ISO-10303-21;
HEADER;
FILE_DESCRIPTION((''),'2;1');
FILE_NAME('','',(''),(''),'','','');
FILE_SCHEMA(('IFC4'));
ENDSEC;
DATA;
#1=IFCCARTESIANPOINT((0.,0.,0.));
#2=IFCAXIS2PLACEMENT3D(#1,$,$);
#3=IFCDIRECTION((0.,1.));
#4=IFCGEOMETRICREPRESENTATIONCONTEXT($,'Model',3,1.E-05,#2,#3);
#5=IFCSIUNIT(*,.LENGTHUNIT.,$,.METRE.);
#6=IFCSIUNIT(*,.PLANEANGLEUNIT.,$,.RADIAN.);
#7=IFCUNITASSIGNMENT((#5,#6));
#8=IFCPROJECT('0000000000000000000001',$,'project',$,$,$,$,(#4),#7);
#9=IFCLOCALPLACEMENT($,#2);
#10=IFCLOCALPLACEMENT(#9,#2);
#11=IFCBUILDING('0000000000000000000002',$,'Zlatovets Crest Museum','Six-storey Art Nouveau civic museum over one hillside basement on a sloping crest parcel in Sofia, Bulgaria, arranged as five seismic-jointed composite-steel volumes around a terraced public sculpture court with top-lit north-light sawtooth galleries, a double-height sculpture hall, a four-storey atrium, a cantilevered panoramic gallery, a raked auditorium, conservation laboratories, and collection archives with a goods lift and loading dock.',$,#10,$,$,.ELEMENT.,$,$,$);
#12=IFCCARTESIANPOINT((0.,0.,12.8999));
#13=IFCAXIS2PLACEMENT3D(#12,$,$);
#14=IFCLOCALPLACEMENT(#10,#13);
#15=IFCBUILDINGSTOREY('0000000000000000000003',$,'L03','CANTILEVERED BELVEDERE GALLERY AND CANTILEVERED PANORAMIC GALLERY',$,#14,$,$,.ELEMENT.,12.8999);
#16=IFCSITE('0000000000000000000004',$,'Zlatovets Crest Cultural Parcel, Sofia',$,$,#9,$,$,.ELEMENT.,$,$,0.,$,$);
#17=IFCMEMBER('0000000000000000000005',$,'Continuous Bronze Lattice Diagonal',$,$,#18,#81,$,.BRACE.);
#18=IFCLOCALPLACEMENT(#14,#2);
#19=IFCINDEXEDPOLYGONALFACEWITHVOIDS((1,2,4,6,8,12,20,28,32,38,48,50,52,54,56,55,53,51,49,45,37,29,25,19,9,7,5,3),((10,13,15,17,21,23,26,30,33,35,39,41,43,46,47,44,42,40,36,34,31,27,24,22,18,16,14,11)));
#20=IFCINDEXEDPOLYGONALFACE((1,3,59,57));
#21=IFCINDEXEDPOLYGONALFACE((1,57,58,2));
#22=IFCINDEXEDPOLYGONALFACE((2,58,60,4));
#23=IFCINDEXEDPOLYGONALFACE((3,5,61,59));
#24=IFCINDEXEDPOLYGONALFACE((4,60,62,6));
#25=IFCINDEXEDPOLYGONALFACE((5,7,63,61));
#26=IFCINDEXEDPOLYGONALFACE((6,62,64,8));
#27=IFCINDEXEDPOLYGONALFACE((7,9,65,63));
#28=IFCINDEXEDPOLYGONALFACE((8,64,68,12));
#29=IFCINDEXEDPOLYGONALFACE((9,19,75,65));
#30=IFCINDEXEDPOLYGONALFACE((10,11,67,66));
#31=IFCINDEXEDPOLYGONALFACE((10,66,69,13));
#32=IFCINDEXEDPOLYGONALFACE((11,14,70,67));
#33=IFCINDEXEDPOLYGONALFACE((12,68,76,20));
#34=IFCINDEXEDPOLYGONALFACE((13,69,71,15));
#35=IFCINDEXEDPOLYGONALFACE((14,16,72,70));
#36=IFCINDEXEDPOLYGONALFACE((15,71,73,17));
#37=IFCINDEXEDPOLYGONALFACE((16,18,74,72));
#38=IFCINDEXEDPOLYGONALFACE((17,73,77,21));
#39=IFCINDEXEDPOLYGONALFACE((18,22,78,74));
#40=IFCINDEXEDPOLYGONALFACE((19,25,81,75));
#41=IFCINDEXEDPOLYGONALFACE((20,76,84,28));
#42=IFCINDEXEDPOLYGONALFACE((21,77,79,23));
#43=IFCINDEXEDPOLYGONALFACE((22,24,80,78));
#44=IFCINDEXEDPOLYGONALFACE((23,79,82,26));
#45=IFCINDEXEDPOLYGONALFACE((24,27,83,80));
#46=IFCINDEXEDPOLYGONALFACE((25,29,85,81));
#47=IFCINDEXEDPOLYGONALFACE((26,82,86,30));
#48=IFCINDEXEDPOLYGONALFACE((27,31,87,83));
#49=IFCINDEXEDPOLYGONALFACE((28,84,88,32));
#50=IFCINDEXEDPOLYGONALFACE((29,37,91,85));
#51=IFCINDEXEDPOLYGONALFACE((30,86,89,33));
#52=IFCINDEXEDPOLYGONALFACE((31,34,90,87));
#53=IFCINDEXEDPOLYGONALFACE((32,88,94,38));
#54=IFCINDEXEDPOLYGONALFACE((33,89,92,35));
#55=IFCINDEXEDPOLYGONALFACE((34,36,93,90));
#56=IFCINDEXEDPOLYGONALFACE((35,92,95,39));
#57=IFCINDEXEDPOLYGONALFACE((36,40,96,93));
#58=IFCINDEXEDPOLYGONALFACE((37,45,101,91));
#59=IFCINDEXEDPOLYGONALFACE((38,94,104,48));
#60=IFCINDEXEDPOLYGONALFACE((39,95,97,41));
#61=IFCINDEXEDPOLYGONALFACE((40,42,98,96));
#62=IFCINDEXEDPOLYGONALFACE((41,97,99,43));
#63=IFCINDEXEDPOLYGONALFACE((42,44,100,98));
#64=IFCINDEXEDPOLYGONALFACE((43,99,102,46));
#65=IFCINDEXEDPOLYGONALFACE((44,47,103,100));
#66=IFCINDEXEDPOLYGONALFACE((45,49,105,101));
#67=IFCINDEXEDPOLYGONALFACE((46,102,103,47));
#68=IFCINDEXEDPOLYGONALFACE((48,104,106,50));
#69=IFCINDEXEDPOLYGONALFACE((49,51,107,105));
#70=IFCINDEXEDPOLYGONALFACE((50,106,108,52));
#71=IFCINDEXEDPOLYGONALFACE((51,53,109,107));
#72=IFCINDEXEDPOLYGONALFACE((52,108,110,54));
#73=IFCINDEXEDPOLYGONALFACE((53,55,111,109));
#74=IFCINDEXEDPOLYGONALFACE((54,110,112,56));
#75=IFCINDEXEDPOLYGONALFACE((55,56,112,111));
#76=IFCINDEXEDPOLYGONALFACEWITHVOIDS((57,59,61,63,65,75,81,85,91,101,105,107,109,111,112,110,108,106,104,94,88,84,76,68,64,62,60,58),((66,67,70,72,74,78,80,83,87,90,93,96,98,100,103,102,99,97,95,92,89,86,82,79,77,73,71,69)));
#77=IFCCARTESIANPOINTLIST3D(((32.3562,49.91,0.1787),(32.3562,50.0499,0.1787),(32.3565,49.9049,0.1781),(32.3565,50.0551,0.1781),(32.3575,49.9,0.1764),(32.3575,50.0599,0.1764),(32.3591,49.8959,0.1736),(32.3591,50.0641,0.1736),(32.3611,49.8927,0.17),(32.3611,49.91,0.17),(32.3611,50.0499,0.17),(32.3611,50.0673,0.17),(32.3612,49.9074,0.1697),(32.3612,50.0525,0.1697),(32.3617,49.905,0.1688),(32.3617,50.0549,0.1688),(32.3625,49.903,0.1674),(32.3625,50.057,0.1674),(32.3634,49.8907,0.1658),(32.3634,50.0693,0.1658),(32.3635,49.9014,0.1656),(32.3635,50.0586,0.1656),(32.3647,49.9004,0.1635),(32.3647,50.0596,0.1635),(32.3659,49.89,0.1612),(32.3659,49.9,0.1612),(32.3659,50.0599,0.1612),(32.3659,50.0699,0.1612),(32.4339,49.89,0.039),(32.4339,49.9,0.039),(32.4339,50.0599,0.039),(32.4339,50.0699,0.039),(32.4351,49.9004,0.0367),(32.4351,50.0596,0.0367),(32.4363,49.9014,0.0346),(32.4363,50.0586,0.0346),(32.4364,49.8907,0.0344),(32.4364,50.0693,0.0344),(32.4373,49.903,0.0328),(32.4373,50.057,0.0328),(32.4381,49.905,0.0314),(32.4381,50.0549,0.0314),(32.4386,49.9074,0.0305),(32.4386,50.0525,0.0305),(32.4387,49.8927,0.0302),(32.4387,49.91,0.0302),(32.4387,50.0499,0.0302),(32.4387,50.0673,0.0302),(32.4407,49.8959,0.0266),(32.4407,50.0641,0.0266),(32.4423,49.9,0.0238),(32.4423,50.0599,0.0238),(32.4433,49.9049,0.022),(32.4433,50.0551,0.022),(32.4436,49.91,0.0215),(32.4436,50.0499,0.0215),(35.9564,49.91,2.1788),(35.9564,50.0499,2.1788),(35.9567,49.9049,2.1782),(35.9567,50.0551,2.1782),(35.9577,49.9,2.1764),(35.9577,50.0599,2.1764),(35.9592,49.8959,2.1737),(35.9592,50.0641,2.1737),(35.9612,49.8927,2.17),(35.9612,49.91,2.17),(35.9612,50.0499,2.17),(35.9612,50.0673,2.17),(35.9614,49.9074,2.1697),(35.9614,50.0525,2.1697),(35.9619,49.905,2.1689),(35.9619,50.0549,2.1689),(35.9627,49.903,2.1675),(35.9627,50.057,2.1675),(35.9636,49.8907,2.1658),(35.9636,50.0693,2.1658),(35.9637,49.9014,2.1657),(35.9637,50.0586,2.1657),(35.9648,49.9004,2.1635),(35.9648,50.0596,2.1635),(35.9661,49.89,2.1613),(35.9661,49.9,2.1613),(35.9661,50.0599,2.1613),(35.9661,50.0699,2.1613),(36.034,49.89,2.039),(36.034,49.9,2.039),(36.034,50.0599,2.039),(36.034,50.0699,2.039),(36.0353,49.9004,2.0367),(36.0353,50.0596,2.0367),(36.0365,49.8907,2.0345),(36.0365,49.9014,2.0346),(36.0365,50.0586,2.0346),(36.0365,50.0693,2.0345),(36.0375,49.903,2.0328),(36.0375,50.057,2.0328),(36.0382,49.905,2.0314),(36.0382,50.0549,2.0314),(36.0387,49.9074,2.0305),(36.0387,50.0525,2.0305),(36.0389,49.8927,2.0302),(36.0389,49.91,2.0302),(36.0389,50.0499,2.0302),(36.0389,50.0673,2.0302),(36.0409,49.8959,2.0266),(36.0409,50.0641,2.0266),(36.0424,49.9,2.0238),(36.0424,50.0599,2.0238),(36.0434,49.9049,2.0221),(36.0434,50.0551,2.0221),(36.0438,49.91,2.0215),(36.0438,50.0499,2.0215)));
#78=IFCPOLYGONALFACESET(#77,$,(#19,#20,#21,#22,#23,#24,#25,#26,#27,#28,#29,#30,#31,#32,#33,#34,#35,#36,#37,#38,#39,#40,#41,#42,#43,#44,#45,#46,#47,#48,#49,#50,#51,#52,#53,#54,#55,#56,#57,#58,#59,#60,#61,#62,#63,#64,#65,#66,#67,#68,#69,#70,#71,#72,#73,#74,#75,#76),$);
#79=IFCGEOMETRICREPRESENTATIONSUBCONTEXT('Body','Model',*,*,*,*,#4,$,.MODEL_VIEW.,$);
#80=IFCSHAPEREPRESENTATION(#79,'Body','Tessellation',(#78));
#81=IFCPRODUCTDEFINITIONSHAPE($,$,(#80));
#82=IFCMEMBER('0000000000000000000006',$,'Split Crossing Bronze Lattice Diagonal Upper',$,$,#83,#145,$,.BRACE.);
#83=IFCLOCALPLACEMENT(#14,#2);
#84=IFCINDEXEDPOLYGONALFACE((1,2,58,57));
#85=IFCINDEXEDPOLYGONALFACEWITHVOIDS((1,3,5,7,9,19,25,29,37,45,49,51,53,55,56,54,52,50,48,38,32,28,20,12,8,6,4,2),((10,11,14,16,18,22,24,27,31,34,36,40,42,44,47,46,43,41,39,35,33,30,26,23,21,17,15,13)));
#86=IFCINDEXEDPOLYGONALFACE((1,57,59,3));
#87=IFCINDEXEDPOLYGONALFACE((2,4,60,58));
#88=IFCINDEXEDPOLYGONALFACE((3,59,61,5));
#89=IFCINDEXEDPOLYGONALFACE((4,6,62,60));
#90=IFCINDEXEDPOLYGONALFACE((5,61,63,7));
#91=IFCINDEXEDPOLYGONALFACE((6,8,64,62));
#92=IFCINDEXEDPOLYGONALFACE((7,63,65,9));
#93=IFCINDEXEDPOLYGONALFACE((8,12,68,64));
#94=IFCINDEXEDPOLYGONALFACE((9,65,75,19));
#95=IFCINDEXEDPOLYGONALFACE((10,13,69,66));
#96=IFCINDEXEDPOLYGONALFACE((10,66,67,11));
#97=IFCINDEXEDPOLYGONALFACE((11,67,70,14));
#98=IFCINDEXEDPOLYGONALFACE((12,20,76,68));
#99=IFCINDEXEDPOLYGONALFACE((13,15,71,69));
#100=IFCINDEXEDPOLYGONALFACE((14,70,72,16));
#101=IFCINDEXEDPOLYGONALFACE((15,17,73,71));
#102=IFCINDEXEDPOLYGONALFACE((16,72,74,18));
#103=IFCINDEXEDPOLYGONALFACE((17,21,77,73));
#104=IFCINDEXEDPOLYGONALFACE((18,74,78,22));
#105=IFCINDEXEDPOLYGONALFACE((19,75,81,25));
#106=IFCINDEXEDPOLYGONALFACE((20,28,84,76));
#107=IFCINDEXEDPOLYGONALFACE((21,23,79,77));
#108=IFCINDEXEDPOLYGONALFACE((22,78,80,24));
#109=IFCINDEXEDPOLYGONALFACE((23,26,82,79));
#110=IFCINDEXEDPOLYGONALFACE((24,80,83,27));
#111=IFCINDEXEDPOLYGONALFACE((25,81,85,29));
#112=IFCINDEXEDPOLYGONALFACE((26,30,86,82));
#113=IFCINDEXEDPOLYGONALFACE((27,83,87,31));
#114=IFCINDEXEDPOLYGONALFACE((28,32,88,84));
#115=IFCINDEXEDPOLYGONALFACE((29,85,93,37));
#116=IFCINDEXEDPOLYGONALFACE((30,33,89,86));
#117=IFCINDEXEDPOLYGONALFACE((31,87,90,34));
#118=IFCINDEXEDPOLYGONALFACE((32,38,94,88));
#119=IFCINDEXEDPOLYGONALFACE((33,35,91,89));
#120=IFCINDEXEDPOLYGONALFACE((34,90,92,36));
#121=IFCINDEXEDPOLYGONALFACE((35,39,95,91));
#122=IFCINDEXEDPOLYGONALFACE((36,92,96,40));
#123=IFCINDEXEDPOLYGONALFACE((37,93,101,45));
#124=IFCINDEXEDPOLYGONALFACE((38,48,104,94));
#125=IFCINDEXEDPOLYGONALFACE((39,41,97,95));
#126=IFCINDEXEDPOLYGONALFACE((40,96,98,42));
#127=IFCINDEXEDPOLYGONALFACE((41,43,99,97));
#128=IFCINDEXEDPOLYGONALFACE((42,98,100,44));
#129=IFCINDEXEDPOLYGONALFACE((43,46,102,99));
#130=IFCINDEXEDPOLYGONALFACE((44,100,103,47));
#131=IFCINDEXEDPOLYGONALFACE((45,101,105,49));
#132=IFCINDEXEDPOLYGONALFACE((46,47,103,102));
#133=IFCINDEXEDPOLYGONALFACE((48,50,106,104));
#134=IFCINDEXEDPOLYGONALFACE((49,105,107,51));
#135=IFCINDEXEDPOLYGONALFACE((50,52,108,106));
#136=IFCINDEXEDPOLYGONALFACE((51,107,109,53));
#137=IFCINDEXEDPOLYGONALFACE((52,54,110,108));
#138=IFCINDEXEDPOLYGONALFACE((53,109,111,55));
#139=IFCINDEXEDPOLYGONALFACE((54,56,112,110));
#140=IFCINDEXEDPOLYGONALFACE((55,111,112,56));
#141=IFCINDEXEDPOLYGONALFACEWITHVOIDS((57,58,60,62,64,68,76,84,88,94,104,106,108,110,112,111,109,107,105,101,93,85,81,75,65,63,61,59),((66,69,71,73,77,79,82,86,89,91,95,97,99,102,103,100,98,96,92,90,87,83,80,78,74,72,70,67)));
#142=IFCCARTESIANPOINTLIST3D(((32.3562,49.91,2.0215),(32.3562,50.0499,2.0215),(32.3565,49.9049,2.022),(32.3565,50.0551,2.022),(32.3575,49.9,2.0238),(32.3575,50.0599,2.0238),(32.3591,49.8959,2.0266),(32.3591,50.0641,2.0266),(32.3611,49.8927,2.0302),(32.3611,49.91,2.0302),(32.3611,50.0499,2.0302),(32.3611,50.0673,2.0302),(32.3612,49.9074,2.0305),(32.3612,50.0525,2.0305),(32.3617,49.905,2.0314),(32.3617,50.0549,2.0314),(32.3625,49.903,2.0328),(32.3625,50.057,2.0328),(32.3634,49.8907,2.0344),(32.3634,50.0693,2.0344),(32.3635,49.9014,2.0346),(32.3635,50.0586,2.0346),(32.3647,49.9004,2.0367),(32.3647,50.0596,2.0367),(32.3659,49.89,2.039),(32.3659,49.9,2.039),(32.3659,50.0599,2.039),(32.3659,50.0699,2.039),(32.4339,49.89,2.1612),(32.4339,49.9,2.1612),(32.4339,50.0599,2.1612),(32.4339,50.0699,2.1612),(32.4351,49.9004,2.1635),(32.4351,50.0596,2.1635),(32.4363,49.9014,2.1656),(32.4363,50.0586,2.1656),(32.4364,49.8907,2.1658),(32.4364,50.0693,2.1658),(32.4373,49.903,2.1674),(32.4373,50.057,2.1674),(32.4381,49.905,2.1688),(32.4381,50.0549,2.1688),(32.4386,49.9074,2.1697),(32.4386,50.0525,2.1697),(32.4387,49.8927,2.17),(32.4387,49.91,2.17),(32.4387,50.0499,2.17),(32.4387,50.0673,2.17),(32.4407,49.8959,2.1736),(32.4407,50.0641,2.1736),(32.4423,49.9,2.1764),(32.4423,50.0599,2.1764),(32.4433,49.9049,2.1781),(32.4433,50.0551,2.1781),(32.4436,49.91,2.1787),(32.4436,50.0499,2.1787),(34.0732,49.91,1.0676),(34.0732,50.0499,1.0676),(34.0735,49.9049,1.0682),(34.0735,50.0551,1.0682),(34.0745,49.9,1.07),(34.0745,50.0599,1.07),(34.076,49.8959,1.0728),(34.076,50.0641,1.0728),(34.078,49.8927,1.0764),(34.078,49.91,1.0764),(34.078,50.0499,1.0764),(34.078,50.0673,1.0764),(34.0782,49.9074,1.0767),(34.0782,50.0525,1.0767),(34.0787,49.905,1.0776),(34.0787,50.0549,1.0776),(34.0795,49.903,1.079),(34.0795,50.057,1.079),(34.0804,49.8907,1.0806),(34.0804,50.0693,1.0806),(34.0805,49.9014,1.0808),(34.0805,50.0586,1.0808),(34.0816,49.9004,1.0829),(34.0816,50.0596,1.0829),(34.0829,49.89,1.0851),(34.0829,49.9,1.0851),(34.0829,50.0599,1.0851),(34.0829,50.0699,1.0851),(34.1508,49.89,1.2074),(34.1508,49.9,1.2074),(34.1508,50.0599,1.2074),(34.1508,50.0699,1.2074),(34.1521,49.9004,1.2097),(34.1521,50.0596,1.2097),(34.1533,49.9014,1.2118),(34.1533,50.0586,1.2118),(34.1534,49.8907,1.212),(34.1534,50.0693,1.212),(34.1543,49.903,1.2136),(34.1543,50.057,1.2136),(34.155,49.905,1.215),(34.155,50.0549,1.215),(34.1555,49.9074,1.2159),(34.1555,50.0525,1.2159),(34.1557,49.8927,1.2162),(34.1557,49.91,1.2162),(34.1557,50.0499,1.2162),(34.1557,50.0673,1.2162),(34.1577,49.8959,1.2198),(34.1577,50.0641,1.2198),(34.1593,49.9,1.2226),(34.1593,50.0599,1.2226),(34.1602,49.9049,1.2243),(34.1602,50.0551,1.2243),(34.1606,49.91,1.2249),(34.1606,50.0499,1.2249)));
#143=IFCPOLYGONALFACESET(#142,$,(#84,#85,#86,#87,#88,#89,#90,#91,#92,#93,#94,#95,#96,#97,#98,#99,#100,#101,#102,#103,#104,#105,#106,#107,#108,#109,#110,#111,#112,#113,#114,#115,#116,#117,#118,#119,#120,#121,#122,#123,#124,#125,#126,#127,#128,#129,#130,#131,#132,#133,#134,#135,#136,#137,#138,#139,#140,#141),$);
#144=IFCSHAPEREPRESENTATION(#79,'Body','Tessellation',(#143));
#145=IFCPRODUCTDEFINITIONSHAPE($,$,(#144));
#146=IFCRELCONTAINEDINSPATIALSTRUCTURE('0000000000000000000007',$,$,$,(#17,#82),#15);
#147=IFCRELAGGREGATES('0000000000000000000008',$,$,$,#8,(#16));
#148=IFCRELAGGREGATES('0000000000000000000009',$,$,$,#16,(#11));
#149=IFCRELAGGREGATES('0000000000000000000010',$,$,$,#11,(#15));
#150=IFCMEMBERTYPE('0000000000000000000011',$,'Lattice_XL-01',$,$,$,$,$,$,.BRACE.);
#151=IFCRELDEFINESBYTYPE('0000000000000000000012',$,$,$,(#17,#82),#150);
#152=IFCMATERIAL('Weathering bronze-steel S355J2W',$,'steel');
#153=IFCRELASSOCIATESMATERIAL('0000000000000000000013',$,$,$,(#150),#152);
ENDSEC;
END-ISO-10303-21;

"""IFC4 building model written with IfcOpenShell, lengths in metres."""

from ifc_helpers import new_model, si_unit, direction, frame, origin, origin_2d, place, context, subcontext, project, spatial, hollow_rectangle, extrude, material, material_profile, profile_set, type_object, element, save


model = new_model("IFC4")

# Units and contexts
model_context = context("Model", 3, precision=1e-05, world=origin(), true_north=direction((0.0, 1.0)))
body_context = subcontext(model_context, "Body", "Model", "MODEL_VIEW")
ifc_project = project(units=[si_unit("LENGTHUNIT", "METRE"), si_unit("PLANEANGLEUNIT", "RADIAN")], contexts=[model_context])

# Site, building, storey
site_placement = place(None, origin())
site = spatial("IfcSite", under=ifc_project, at=site_placement, Name="Zlatovets Crest Cultural Parcel, Sofia", CompositionType="ELEMENT", RefElevation=0.0)
building_placement = place(site_placement, origin())
building = spatial("IfcBuilding", under=site, at=building_placement, Name="Zlatovets Crest Museum", Description="Six-storey Art Nouveau civic museum over one hillside basement on a sloping crest parcel in Sofia, Bulgaria, arranged as five seismic-jointed composite-steel volumes around a terraced public sculpture court with top-lit north-light sawtooth galleries, a double-height sculpture hall, a four-storey atrium, a cantilevered panoramic gallery, a raked auditorium, conservation laboratories, and collection archives with a goods lift and loading dock.", CompositionType="ELEMENT")
storey_placement = place(building_placement, frame((0.0, 0.0, 12.8999)))
storey = spatial("IfcBuildingStorey", under=building, at=storey_placement, Name="L03", Description="CANTILEVERED BELVEDERE GALLERY AND CANTILEVERED PANORAMIC GALLERY", CompositionType="ELEMENT", Elevation=12.8999)

# Members
ifc_material_1 = material(Name="Weathering bronze-steel S355J2W", Category="steel")
ifc_material_profile_1 = material_profile(ifc_material_1, hollow_rectangle(XDim=0.1799, YDim=0.1799, WallThickness=0.01, InnerFilletRadius=0.01, OuterFilletRadius=0.02, at=origin_2d()), Name="SHS 180x180x10.0")
ifc_profile_set_1 = profile_set([ifc_material_profile_1], Name="Weathering bronze-steel S355J2W")
member_type = type_object("IfcMemberType", Name="Lattice_XL-01", PredefinedType="BRACE", material=ifc_profile_set_1)
member_1_placement = place(storey_placement, frame((32.3999, 49.98, 0.1001), z_axis=(0.874163, 0.0, 0.485633), x_axis=(0.0, 1.0, 0.0)))
element("IfcMember", 1, at=member_1_placement, inside=storey, type_object=member_type, Name="Continuous Bronze Lattice Diagonal", PredefinedType="BRACE", context=body_context, shape_type="SweptSolid", body=[
    extrude(hollow_rectangle(XDim=0.1799, YDim=0.1799, WallThickness=0.01, InnerFilletRadius=0.01, OuterFilletRadius=0.02, at=origin_2d()), origin(), (0.0, 0.0, 1.0), 4.1184),
])
member_2_placement = place(storey_placement, frame((32.3999, 49.98, 2.1001), z_axis=(0.874169, 0.0, -0.485622), x_axis=(0.0, 1.0, 0.0)))
element("IfcMember", 2, at=member_2_placement, inside=storey, type_object=member_type, Name="Split Crossing Bronze Lattice Diagonal Upper", PredefinedType="BRACE", context=body_context, shape_type="SweptSolid", body=[
    extrude(hollow_rectangle(XDim=0.1799, YDim=0.1799, WallThickness=0.01, InnerFilletRadius=0.01, OuterFilletRadius=0.02, at=origin_2d()), origin(), (0.0, 0.0, 1.0), 1.9641),
])

save(model, "model.ifc")
